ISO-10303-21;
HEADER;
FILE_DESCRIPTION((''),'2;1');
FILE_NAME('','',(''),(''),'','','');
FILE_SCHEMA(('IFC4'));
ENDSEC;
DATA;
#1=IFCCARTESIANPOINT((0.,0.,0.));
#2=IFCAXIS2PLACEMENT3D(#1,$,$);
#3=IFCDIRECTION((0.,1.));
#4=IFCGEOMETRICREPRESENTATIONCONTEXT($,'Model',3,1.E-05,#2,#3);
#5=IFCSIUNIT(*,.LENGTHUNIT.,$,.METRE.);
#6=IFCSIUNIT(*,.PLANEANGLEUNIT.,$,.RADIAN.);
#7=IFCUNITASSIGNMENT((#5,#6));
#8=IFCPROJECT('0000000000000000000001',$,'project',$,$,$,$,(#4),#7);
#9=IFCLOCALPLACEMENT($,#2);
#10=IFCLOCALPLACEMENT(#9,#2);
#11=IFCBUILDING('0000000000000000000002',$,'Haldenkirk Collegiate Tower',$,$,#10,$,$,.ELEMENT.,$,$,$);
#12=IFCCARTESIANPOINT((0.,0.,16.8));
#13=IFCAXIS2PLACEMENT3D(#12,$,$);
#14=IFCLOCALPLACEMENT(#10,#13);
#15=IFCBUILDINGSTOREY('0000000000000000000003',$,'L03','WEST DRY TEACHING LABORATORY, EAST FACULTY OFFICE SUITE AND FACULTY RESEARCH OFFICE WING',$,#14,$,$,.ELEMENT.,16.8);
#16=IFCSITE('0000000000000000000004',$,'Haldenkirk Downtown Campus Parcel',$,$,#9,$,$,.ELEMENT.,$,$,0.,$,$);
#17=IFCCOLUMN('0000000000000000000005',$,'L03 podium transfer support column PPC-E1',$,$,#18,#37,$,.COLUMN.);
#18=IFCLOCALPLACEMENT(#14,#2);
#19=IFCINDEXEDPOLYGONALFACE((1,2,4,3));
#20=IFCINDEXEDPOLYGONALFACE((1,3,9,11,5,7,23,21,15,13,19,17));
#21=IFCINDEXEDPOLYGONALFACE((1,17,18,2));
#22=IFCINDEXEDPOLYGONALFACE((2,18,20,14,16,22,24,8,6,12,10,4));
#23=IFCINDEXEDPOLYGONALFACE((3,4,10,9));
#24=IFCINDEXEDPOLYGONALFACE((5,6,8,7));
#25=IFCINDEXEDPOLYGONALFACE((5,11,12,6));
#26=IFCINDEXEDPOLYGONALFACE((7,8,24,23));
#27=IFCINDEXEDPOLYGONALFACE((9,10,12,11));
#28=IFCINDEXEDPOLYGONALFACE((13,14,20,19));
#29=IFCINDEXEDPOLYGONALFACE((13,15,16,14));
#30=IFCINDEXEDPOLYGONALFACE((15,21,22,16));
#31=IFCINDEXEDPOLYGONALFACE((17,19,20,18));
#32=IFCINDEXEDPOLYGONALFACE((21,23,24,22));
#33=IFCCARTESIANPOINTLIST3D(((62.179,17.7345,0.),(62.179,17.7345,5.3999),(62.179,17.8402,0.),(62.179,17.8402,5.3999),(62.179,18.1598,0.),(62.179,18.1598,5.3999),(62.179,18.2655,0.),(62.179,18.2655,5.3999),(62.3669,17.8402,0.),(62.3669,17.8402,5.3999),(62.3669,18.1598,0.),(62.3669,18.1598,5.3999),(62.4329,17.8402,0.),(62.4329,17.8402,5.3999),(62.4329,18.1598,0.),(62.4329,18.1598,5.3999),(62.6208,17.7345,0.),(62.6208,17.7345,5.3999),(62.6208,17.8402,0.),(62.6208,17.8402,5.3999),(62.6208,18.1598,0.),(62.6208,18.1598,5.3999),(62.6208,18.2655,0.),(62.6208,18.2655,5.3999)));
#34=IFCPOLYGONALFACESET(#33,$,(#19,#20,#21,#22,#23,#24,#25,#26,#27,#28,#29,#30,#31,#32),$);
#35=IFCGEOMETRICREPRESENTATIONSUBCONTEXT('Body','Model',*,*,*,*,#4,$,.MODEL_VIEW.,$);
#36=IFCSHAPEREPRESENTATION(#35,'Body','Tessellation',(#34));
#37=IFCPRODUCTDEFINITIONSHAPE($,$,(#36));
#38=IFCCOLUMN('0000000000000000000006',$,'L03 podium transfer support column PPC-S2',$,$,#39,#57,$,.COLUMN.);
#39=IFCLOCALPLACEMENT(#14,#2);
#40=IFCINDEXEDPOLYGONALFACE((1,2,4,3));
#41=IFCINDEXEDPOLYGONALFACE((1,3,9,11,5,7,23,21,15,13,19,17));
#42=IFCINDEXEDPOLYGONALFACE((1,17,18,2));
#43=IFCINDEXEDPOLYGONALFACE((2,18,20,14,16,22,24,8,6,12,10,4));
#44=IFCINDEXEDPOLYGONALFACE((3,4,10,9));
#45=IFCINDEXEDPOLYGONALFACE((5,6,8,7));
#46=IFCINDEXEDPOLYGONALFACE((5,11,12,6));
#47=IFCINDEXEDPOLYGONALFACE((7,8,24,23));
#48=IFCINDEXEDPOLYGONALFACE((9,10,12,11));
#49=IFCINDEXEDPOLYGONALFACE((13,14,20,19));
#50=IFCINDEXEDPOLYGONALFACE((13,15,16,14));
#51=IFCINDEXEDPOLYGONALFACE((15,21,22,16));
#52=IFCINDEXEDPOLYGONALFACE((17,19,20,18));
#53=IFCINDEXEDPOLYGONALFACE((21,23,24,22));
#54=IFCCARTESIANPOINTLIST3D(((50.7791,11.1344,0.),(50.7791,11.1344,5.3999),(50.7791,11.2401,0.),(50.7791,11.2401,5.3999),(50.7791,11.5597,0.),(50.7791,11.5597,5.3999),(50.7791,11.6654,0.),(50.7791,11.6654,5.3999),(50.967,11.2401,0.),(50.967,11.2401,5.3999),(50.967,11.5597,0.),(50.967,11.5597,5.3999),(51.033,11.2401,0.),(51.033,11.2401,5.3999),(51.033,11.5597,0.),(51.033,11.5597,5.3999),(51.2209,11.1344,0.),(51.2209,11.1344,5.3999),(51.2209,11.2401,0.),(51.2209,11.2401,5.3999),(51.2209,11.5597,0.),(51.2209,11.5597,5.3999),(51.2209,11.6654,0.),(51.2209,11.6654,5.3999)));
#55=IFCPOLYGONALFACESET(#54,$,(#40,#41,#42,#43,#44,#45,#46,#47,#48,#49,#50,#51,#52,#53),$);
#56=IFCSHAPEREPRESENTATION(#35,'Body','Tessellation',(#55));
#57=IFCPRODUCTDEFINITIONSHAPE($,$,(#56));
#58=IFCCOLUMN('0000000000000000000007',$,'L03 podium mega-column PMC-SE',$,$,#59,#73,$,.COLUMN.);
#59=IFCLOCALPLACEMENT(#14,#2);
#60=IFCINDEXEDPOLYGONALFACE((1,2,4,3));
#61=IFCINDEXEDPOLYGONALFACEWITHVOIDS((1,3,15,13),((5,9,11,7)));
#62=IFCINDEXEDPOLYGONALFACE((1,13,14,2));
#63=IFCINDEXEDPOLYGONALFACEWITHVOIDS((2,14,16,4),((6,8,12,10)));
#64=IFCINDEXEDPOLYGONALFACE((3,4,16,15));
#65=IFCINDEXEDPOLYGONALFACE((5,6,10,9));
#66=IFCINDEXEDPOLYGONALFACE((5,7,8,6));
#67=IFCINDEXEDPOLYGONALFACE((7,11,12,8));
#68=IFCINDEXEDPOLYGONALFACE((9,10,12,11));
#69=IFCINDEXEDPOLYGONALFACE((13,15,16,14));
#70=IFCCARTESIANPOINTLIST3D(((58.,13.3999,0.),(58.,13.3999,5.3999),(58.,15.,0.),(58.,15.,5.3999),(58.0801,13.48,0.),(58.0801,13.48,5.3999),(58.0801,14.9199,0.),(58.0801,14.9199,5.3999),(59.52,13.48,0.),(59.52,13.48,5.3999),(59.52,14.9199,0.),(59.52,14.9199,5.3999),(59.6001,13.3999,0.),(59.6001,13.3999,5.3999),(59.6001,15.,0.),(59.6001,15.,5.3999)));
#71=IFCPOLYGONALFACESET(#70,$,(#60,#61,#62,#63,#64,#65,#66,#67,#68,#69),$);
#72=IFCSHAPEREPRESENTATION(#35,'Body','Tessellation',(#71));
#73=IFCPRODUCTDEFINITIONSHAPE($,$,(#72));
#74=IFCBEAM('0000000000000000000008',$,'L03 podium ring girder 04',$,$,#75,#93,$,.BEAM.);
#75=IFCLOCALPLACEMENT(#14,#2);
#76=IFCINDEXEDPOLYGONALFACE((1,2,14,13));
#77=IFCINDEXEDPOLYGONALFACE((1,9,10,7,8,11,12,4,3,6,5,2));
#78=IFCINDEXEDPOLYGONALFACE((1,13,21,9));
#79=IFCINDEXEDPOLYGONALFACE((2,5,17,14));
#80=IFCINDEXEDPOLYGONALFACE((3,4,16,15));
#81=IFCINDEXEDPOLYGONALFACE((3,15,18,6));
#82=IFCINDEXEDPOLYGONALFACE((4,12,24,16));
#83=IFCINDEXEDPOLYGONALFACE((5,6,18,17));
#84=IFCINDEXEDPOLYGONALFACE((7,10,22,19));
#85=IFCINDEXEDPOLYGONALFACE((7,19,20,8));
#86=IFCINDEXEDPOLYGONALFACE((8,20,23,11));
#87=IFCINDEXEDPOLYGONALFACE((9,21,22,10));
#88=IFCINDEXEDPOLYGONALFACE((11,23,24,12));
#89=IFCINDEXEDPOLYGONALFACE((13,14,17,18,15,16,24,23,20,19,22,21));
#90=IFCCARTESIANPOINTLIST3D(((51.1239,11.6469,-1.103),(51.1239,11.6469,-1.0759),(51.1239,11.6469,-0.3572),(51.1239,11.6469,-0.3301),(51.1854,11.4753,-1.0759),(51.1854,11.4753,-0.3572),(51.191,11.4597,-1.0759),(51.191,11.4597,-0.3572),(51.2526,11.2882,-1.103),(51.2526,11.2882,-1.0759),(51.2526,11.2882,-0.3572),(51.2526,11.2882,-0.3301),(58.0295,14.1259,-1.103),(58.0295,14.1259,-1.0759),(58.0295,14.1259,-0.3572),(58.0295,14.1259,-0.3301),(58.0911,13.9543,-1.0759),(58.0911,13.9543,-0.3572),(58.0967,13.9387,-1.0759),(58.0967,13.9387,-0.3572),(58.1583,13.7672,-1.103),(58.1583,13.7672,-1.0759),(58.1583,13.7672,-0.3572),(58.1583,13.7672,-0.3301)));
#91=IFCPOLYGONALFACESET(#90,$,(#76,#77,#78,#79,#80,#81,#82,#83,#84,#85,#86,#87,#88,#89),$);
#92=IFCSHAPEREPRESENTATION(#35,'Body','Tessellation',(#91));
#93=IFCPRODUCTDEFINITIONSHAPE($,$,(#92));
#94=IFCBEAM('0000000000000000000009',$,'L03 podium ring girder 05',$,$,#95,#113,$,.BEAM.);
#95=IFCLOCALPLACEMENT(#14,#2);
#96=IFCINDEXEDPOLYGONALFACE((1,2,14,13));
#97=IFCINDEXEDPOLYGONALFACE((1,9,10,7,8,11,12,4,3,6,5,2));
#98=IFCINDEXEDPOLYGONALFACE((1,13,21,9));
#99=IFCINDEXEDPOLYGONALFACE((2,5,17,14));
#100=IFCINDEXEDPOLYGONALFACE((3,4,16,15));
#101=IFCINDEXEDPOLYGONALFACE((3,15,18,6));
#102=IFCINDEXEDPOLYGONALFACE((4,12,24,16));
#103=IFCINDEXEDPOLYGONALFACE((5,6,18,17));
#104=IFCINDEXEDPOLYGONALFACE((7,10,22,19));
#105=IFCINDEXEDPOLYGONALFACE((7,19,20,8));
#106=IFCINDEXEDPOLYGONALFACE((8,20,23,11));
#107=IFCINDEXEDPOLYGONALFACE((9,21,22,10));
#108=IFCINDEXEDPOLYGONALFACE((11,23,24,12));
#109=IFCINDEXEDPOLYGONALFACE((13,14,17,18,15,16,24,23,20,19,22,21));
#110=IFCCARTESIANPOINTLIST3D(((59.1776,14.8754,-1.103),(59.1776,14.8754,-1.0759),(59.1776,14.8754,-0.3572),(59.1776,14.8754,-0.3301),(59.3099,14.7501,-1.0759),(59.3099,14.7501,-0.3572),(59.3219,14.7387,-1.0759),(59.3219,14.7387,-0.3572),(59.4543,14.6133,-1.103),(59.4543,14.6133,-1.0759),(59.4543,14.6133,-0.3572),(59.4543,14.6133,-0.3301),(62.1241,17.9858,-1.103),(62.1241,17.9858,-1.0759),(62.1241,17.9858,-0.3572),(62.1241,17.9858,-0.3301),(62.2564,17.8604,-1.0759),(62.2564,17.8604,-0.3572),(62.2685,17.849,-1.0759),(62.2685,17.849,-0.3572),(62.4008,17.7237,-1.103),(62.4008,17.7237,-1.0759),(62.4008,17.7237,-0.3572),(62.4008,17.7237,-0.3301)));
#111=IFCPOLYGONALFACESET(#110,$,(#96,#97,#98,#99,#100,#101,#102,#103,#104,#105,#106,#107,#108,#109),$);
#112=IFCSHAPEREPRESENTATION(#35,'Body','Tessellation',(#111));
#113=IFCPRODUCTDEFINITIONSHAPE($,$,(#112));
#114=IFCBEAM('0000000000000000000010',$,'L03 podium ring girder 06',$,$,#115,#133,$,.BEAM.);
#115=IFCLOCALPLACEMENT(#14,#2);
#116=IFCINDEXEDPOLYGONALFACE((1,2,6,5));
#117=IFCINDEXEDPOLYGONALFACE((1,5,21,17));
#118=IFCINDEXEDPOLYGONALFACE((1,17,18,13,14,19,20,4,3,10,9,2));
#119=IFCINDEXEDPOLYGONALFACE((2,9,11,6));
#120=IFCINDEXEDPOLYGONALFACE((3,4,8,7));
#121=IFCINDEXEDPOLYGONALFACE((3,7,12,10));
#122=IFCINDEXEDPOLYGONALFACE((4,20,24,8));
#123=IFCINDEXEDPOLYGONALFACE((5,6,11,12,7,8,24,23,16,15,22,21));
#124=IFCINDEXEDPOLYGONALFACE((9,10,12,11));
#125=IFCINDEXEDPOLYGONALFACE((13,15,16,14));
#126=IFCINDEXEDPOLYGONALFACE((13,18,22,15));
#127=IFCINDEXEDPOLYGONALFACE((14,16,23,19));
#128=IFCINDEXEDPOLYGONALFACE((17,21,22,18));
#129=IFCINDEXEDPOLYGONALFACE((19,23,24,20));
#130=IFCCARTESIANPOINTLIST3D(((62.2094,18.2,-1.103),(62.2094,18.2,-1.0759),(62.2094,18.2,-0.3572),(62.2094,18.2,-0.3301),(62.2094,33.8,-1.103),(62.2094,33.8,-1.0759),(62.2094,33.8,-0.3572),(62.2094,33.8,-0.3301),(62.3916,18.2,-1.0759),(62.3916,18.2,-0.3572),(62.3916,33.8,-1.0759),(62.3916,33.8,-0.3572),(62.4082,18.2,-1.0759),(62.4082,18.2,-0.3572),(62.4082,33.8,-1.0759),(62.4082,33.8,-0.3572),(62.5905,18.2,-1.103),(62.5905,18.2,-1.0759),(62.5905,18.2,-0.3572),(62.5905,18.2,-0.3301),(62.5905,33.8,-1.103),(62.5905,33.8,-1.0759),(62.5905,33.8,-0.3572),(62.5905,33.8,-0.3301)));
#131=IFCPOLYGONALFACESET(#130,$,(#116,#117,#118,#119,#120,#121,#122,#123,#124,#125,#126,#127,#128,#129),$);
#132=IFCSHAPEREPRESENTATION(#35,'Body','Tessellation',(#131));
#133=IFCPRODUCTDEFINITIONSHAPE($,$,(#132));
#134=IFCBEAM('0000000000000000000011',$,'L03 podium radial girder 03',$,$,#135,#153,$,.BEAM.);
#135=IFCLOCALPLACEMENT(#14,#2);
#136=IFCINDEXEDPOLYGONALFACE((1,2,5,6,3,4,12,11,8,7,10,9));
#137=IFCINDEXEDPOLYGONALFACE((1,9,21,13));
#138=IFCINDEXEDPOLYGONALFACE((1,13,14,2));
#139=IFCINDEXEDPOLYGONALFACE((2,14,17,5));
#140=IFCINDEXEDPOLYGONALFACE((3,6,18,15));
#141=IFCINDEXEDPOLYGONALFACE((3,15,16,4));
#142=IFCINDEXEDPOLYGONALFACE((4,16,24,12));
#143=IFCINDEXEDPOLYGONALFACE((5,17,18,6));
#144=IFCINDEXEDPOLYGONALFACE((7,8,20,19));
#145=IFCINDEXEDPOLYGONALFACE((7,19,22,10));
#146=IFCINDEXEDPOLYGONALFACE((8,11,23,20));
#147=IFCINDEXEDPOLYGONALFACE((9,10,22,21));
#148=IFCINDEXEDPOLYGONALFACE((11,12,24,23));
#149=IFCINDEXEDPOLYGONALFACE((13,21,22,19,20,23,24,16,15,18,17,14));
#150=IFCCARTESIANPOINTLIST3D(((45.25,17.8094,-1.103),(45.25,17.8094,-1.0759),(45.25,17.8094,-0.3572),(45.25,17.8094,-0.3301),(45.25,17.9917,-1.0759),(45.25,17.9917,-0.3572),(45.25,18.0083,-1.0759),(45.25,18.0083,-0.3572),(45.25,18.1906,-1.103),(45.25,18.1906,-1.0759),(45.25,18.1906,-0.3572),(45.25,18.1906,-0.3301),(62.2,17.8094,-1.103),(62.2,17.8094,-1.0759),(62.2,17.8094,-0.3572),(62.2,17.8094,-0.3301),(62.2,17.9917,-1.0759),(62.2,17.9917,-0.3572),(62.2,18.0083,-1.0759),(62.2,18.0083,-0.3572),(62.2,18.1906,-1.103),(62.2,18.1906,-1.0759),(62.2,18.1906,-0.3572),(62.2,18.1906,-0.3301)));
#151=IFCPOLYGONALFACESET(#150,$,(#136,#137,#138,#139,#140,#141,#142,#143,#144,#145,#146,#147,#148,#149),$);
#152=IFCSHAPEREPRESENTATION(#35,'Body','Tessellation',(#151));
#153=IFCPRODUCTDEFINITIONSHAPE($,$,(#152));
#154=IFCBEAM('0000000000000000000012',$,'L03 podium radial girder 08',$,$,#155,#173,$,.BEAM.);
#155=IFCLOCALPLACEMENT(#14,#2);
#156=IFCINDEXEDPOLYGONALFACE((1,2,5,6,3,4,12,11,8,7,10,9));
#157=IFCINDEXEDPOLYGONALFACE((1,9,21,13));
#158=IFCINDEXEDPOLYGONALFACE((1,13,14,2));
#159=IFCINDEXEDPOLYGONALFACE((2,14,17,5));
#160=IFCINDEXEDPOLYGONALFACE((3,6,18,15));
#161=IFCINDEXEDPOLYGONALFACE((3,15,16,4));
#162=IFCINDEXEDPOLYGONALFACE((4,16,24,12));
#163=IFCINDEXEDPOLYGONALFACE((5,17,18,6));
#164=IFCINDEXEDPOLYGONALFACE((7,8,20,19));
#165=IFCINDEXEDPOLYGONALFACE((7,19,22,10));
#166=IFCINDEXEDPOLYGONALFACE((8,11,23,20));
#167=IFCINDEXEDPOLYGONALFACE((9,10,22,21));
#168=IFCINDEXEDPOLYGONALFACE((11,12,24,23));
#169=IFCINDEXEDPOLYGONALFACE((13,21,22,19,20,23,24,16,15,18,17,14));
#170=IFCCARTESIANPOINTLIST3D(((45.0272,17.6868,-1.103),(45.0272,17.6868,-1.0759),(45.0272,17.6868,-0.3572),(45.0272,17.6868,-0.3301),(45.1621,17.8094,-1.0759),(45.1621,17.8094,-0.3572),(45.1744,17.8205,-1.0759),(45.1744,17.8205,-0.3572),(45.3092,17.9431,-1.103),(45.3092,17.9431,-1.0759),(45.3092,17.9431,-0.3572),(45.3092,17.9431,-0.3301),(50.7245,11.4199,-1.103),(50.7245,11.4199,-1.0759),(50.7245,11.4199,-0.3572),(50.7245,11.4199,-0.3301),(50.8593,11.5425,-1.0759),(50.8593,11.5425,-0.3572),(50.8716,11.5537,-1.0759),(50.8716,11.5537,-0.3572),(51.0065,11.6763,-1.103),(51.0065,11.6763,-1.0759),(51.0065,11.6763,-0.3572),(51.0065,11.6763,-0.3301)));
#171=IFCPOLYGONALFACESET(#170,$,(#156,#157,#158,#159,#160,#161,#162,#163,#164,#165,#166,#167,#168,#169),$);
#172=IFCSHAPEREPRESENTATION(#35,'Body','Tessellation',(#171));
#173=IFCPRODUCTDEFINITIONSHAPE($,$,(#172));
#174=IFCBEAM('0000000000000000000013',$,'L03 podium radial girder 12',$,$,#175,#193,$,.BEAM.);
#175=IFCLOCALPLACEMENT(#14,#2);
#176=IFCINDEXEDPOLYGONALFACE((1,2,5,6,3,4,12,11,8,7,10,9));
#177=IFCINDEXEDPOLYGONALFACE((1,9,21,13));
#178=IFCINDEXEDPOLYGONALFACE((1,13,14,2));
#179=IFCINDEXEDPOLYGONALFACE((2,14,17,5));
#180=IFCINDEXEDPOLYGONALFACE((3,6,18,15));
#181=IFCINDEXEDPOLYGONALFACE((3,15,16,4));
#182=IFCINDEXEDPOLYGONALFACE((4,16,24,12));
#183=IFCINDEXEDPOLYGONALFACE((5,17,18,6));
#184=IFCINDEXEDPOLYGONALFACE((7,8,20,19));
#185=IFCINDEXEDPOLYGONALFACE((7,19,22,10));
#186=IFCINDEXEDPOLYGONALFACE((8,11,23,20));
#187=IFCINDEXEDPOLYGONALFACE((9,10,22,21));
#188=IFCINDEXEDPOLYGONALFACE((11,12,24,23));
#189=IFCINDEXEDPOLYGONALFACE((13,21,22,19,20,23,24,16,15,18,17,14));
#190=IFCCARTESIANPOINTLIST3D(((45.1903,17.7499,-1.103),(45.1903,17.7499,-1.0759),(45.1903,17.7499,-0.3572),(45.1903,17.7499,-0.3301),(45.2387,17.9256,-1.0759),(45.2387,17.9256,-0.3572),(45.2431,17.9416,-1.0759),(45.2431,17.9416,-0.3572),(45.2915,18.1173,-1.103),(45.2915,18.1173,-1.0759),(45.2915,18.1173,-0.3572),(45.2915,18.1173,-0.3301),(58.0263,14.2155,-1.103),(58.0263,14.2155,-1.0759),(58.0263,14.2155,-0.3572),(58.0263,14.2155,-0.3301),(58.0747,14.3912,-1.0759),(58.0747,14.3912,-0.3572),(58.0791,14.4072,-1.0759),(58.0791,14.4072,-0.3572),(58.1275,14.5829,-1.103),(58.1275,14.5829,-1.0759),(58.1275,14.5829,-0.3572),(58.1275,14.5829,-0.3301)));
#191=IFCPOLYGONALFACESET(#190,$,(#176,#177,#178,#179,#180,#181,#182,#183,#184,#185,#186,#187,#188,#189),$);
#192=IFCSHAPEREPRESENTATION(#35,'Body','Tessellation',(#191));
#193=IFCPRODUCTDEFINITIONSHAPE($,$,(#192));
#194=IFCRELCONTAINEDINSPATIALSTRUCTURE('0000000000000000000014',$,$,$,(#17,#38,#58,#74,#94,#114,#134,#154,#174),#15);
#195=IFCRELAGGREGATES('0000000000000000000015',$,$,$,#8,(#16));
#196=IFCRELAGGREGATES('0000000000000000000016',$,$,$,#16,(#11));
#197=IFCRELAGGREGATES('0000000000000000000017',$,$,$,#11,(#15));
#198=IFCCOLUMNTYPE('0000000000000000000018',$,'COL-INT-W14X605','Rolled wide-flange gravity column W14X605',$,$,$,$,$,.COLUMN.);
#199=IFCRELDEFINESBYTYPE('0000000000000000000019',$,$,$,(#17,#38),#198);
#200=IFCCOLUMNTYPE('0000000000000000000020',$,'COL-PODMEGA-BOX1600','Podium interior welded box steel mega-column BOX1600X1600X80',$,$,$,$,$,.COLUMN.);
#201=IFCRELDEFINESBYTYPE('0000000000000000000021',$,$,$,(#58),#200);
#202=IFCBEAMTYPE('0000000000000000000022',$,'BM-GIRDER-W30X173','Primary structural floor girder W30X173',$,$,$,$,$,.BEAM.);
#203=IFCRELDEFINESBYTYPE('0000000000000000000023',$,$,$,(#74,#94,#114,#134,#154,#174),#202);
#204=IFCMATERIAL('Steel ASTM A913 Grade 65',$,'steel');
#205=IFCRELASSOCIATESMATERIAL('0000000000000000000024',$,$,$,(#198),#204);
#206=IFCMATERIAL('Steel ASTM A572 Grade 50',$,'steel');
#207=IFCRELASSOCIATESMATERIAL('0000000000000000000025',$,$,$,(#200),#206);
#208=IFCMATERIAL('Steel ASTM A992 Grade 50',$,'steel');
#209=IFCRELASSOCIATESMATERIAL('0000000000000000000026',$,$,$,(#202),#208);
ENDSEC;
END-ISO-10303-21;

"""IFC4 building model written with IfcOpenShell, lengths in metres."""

from ifc_helpers import new_model, si_unit, direction, frame, origin, origin_2d, place, context, subcontext, project, spatial, hollow_rectangle, i_section, extrude, material, material_profile, profile_set, type_object, element, save


model = new_model("IFC4")

# Units and contexts
model_context = context("Model", 3, precision=1e-05, world=origin(), true_north=direction((0.0, 1.0)))
body_context = subcontext(model_context, "Body", "Model", "MODEL_VIEW")
ifc_project = project(units=[si_unit("LENGTHUNIT", "METRE"), si_unit("PLANEANGLEUNIT", "RADIAN")], contexts=[model_context])

# Site, building, storey
site_placement = place(None, origin())
site = spatial("IfcSite", under=ifc_project, at=site_placement, Name="Haldenkirk Downtown Campus Parcel", CompositionType="ELEMENT", RefElevation=0.0)
building_placement = place(site_placement, origin())
building = spatial("IfcBuilding", under=site, at=building_placement, Name="Haldenkirk Collegiate Tower", CompositionType="ELEMENT")
storey_placement = place(building_placement, frame((0.0, 0.0, 16.8)))
storey = spatial("IfcBuildingStorey", under=building, at=storey_placement, Name="L03", Description="WEST DRY TEACHING LABORATORY, EAST FACULTY OFFICE SUITE AND FACULTY RESEARCH OFFICE WING", CompositionType="ELEMENT", Elevation=16.8)

# Columns
ifc_material_1 = material(Name="Steel ASTM A913 Grade 65", Category="steel")
ifc_material_profile_1 = material_profile(ifc_material_1, i_section(OverallWidth=0.4419, OverallDepth=0.531, WebThickness=0.0659, FlangeThickness=0.1057, at=origin_2d()), Name="W14X605")
ifc_profile_set_1 = profile_set([ifc_material_profile_1], Name="Steel ASTM A913 Grade 65")
column_type_1 = type_object("IfcColumnType", Name="COL-INT-W14X605", Description="Rolled wide-flange gravity column W14X605", PredefinedType="COLUMN", material=ifc_profile_set_1)
for number, where, z_axis, x_axis, name in (
    (1, (62.3999, 18.0, 0.0), (0.0, 0.0, 1.0), (1.0, 0.0, 0.0), "L03 podium transfer support column PPC-E1"),
    (2, (51.0, 11.3999, 0.0), (0.0, 0.0, 1.0), (1.0, 0.0, 0.0), "L03 podium transfer support column PPC-S2"),
):
    element("IfcColumn", number, at=place(storey_placement, frame(where, z_axis=z_axis, x_axis=x_axis)), inside=storey, type_object=column_type_1, Name=name, PredefinedType="COLUMN", context=body_context, shape_type="SweptSolid", body=[
        extrude(i_section(OverallWidth=0.4419, OverallDepth=0.531, WebThickness=0.0659, FlangeThickness=0.1057, at=origin_2d()), origin(), (0.0, 0.0, 1.0), 5.3999),
    ])
ifc_material_2 = material(Name="Steel ASTM A572 Grade 50", Category="steel")
ifc_material_profile_2 = material_profile(ifc_material_2, hollow_rectangle(XDim=1.6001, YDim=1.6001, WallThickness=0.0801, at=origin_2d()), Name="BOX1600X1600X80")
ifc_profile_set_2 = profile_set([ifc_material_profile_2], Name="Steel ASTM A572 Grade 50")
column_type_2 = type_object("IfcColumnType", Name="COL-PODMEGA-BOX1600", Description="Podium interior welded box steel mega-column BOX1600X1600X80", PredefinedType="COLUMN", material=ifc_profile_set_2)
column_placement = place(storey_placement, frame((58.8, 14.2, 0.0), z_axis=(0.0, 0.0, 1.0), x_axis=(1.0, 0.0, 0.0)))
element("IfcColumn", 3, at=column_placement, inside=storey, type_object=column_type_2, Name="L03 podium mega-column PMC-SE", PredefinedType="COLUMN", context=body_context, shape_type="SweptSolid", body=[
    extrude(hollow_rectangle(XDim=1.6001, YDim=1.6001, WallThickness=0.0801, at=origin_2d()), origin(), (0.0, 0.0, 1.0), 5.3999),
])

# Beams
ifc_material_3 = material(Name="Steel ASTM A992 Grade 50", Category="steel")
ifc_material_profile_3 = material_profile(ifc_material_3, i_section(OverallWidth=0.3811, OverallDepth=0.7729, WebThickness=0.0166, FlangeThickness=0.0271, at=origin_2d()), Name="W30X173")
ifc_profile_set_3 = profile_set([ifc_material_profile_3], Name="Steel ASTM A992 Grade 50")
beam_type_1 = type_object("IfcBeamType", Name="BM-GIRDER-W30X173", Description="Primary structural floor girder W30X173", PredefinedType="BEAM", material=ifc_profile_set_3)
beam_1_placement = place(storey_placement, frame((51.1882, 11.4675, -0.7166), z_axis=(0.941194, 0.337866, 0.0), x_axis=(-0.337866, 0.941194, 0.0)))
element("IfcBeam", 4, at=beam_1_placement, inside=storey, type_object=beam_type_1, Name="L03 podium ring girder 04", PredefinedType="BEAM", context=body_context, shape_type="SweptSolid", body=[
    extrude(i_section(OverallWidth=0.3811, OverallDepth=0.7729, WebThickness=0.0166, FlangeThickness=0.0271, at=origin_2d()), origin(), (0.0, 0.0, 1.0), 7.3372),
])
beam_2_placement = place(storey_placement, frame((59.3159, 14.7444, -0.7166), z_axis=(0.68773, 0.725966, 0.0), x_axis=(-0.725966, 0.68773, 0.0)))
element("IfcBeam", 5, at=beam_2_placement, inside=storey, type_object=beam_type_1, Name="L03 podium ring girder 05", PredefinedType="BEAM", context=body_context, shape_type="SweptSolid", body=[
    extrude(i_section(OverallWidth=0.3811, OverallDepth=0.7729, WebThickness=0.0166, FlangeThickness=0.0271, at=origin_2d()), origin(), (0.0, 0.0, 1.0), 4.2844),
])
beam_3_placement = place(storey_placement, frame((62.3999, 18.2, -0.7166), z_axis=(0.0, 1.0, 0.0), x_axis=(-1.0, 0.0, 0.0)))
element("IfcBeam", 6, at=beam_3_placement, inside=storey, type_object=beam_type_1, Name="L03 podium ring girder 06", PredefinedType="BEAM", context=body_context, shape_type="SweptSolid", body=[
    extrude(i_section(OverallWidth=0.3811, OverallDepth=0.7729, WebThickness=0.0166, FlangeThickness=0.0271, at=origin_2d()), origin(), (0.0, 0.0, 1.0), 15.6001),
])
beam_4_placement = place(storey_placement, frame((62.2, 18.0, -0.7166), z_axis=(-1.0, 0.0, 0.0), x_axis=(0.0, -1.0, 0.0)))
element("IfcBeam", 7, at=beam_4_placement, inside=storey, type_object=beam_type_1, Name="L03 podium radial girder 03", PredefinedType="BEAM", context=body_context, shape_type="SweptSolid", body=[
    extrude(i_section(OverallWidth=0.3811, OverallDepth=0.7729, WebThickness=0.0166, FlangeThickness=0.0271, at=origin_2d()), origin(), (0.0, 0.0, 1.0), 16.95),
])
beam_5_placement = place(storey_placement, frame((50.8655, 11.5481, -0.7166), z_axis=(-0.672681, 0.739932, 0.0), x_axis=(-0.739932, -0.672681, 0.0)))
element("IfcBeam", 8, at=beam_5_placement, inside=storey, type_object=beam_type_1, Name="L03 podium radial girder 08", PredefinedType="BEAM", context=body_context, shape_type="SweptSolid", body=[
    extrude(i_section(OverallWidth=0.3811, OverallDepth=0.7729, WebThickness=0.0166, FlangeThickness=0.0271, at=origin_2d()), origin(), (0.0, 0.0, 1.0), 8.4695),
])
beam_6_placement = place(storey_placement, frame((58.0769, 14.3992, -0.7166), z_axis=(-0.964118, 0.265474, 0.0), x_axis=(-0.265474, -0.964118, 0.0)))
element("IfcBeam", 9, at=beam_6_placement, inside=storey, type_object=beam_type_1, Name="L03 podium radial girder 12", PredefinedType="BEAM", context=body_context, shape_type="SweptSolid", body=[
    extrude(i_section(OverallWidth=0.3811, OverallDepth=0.7729, WebThickness=0.0166, FlangeThickness=0.0271, at=origin_2d()), origin(), (0.0, 0.0, 1.0), 13.3137),
])

save(model, "model.ifc")
